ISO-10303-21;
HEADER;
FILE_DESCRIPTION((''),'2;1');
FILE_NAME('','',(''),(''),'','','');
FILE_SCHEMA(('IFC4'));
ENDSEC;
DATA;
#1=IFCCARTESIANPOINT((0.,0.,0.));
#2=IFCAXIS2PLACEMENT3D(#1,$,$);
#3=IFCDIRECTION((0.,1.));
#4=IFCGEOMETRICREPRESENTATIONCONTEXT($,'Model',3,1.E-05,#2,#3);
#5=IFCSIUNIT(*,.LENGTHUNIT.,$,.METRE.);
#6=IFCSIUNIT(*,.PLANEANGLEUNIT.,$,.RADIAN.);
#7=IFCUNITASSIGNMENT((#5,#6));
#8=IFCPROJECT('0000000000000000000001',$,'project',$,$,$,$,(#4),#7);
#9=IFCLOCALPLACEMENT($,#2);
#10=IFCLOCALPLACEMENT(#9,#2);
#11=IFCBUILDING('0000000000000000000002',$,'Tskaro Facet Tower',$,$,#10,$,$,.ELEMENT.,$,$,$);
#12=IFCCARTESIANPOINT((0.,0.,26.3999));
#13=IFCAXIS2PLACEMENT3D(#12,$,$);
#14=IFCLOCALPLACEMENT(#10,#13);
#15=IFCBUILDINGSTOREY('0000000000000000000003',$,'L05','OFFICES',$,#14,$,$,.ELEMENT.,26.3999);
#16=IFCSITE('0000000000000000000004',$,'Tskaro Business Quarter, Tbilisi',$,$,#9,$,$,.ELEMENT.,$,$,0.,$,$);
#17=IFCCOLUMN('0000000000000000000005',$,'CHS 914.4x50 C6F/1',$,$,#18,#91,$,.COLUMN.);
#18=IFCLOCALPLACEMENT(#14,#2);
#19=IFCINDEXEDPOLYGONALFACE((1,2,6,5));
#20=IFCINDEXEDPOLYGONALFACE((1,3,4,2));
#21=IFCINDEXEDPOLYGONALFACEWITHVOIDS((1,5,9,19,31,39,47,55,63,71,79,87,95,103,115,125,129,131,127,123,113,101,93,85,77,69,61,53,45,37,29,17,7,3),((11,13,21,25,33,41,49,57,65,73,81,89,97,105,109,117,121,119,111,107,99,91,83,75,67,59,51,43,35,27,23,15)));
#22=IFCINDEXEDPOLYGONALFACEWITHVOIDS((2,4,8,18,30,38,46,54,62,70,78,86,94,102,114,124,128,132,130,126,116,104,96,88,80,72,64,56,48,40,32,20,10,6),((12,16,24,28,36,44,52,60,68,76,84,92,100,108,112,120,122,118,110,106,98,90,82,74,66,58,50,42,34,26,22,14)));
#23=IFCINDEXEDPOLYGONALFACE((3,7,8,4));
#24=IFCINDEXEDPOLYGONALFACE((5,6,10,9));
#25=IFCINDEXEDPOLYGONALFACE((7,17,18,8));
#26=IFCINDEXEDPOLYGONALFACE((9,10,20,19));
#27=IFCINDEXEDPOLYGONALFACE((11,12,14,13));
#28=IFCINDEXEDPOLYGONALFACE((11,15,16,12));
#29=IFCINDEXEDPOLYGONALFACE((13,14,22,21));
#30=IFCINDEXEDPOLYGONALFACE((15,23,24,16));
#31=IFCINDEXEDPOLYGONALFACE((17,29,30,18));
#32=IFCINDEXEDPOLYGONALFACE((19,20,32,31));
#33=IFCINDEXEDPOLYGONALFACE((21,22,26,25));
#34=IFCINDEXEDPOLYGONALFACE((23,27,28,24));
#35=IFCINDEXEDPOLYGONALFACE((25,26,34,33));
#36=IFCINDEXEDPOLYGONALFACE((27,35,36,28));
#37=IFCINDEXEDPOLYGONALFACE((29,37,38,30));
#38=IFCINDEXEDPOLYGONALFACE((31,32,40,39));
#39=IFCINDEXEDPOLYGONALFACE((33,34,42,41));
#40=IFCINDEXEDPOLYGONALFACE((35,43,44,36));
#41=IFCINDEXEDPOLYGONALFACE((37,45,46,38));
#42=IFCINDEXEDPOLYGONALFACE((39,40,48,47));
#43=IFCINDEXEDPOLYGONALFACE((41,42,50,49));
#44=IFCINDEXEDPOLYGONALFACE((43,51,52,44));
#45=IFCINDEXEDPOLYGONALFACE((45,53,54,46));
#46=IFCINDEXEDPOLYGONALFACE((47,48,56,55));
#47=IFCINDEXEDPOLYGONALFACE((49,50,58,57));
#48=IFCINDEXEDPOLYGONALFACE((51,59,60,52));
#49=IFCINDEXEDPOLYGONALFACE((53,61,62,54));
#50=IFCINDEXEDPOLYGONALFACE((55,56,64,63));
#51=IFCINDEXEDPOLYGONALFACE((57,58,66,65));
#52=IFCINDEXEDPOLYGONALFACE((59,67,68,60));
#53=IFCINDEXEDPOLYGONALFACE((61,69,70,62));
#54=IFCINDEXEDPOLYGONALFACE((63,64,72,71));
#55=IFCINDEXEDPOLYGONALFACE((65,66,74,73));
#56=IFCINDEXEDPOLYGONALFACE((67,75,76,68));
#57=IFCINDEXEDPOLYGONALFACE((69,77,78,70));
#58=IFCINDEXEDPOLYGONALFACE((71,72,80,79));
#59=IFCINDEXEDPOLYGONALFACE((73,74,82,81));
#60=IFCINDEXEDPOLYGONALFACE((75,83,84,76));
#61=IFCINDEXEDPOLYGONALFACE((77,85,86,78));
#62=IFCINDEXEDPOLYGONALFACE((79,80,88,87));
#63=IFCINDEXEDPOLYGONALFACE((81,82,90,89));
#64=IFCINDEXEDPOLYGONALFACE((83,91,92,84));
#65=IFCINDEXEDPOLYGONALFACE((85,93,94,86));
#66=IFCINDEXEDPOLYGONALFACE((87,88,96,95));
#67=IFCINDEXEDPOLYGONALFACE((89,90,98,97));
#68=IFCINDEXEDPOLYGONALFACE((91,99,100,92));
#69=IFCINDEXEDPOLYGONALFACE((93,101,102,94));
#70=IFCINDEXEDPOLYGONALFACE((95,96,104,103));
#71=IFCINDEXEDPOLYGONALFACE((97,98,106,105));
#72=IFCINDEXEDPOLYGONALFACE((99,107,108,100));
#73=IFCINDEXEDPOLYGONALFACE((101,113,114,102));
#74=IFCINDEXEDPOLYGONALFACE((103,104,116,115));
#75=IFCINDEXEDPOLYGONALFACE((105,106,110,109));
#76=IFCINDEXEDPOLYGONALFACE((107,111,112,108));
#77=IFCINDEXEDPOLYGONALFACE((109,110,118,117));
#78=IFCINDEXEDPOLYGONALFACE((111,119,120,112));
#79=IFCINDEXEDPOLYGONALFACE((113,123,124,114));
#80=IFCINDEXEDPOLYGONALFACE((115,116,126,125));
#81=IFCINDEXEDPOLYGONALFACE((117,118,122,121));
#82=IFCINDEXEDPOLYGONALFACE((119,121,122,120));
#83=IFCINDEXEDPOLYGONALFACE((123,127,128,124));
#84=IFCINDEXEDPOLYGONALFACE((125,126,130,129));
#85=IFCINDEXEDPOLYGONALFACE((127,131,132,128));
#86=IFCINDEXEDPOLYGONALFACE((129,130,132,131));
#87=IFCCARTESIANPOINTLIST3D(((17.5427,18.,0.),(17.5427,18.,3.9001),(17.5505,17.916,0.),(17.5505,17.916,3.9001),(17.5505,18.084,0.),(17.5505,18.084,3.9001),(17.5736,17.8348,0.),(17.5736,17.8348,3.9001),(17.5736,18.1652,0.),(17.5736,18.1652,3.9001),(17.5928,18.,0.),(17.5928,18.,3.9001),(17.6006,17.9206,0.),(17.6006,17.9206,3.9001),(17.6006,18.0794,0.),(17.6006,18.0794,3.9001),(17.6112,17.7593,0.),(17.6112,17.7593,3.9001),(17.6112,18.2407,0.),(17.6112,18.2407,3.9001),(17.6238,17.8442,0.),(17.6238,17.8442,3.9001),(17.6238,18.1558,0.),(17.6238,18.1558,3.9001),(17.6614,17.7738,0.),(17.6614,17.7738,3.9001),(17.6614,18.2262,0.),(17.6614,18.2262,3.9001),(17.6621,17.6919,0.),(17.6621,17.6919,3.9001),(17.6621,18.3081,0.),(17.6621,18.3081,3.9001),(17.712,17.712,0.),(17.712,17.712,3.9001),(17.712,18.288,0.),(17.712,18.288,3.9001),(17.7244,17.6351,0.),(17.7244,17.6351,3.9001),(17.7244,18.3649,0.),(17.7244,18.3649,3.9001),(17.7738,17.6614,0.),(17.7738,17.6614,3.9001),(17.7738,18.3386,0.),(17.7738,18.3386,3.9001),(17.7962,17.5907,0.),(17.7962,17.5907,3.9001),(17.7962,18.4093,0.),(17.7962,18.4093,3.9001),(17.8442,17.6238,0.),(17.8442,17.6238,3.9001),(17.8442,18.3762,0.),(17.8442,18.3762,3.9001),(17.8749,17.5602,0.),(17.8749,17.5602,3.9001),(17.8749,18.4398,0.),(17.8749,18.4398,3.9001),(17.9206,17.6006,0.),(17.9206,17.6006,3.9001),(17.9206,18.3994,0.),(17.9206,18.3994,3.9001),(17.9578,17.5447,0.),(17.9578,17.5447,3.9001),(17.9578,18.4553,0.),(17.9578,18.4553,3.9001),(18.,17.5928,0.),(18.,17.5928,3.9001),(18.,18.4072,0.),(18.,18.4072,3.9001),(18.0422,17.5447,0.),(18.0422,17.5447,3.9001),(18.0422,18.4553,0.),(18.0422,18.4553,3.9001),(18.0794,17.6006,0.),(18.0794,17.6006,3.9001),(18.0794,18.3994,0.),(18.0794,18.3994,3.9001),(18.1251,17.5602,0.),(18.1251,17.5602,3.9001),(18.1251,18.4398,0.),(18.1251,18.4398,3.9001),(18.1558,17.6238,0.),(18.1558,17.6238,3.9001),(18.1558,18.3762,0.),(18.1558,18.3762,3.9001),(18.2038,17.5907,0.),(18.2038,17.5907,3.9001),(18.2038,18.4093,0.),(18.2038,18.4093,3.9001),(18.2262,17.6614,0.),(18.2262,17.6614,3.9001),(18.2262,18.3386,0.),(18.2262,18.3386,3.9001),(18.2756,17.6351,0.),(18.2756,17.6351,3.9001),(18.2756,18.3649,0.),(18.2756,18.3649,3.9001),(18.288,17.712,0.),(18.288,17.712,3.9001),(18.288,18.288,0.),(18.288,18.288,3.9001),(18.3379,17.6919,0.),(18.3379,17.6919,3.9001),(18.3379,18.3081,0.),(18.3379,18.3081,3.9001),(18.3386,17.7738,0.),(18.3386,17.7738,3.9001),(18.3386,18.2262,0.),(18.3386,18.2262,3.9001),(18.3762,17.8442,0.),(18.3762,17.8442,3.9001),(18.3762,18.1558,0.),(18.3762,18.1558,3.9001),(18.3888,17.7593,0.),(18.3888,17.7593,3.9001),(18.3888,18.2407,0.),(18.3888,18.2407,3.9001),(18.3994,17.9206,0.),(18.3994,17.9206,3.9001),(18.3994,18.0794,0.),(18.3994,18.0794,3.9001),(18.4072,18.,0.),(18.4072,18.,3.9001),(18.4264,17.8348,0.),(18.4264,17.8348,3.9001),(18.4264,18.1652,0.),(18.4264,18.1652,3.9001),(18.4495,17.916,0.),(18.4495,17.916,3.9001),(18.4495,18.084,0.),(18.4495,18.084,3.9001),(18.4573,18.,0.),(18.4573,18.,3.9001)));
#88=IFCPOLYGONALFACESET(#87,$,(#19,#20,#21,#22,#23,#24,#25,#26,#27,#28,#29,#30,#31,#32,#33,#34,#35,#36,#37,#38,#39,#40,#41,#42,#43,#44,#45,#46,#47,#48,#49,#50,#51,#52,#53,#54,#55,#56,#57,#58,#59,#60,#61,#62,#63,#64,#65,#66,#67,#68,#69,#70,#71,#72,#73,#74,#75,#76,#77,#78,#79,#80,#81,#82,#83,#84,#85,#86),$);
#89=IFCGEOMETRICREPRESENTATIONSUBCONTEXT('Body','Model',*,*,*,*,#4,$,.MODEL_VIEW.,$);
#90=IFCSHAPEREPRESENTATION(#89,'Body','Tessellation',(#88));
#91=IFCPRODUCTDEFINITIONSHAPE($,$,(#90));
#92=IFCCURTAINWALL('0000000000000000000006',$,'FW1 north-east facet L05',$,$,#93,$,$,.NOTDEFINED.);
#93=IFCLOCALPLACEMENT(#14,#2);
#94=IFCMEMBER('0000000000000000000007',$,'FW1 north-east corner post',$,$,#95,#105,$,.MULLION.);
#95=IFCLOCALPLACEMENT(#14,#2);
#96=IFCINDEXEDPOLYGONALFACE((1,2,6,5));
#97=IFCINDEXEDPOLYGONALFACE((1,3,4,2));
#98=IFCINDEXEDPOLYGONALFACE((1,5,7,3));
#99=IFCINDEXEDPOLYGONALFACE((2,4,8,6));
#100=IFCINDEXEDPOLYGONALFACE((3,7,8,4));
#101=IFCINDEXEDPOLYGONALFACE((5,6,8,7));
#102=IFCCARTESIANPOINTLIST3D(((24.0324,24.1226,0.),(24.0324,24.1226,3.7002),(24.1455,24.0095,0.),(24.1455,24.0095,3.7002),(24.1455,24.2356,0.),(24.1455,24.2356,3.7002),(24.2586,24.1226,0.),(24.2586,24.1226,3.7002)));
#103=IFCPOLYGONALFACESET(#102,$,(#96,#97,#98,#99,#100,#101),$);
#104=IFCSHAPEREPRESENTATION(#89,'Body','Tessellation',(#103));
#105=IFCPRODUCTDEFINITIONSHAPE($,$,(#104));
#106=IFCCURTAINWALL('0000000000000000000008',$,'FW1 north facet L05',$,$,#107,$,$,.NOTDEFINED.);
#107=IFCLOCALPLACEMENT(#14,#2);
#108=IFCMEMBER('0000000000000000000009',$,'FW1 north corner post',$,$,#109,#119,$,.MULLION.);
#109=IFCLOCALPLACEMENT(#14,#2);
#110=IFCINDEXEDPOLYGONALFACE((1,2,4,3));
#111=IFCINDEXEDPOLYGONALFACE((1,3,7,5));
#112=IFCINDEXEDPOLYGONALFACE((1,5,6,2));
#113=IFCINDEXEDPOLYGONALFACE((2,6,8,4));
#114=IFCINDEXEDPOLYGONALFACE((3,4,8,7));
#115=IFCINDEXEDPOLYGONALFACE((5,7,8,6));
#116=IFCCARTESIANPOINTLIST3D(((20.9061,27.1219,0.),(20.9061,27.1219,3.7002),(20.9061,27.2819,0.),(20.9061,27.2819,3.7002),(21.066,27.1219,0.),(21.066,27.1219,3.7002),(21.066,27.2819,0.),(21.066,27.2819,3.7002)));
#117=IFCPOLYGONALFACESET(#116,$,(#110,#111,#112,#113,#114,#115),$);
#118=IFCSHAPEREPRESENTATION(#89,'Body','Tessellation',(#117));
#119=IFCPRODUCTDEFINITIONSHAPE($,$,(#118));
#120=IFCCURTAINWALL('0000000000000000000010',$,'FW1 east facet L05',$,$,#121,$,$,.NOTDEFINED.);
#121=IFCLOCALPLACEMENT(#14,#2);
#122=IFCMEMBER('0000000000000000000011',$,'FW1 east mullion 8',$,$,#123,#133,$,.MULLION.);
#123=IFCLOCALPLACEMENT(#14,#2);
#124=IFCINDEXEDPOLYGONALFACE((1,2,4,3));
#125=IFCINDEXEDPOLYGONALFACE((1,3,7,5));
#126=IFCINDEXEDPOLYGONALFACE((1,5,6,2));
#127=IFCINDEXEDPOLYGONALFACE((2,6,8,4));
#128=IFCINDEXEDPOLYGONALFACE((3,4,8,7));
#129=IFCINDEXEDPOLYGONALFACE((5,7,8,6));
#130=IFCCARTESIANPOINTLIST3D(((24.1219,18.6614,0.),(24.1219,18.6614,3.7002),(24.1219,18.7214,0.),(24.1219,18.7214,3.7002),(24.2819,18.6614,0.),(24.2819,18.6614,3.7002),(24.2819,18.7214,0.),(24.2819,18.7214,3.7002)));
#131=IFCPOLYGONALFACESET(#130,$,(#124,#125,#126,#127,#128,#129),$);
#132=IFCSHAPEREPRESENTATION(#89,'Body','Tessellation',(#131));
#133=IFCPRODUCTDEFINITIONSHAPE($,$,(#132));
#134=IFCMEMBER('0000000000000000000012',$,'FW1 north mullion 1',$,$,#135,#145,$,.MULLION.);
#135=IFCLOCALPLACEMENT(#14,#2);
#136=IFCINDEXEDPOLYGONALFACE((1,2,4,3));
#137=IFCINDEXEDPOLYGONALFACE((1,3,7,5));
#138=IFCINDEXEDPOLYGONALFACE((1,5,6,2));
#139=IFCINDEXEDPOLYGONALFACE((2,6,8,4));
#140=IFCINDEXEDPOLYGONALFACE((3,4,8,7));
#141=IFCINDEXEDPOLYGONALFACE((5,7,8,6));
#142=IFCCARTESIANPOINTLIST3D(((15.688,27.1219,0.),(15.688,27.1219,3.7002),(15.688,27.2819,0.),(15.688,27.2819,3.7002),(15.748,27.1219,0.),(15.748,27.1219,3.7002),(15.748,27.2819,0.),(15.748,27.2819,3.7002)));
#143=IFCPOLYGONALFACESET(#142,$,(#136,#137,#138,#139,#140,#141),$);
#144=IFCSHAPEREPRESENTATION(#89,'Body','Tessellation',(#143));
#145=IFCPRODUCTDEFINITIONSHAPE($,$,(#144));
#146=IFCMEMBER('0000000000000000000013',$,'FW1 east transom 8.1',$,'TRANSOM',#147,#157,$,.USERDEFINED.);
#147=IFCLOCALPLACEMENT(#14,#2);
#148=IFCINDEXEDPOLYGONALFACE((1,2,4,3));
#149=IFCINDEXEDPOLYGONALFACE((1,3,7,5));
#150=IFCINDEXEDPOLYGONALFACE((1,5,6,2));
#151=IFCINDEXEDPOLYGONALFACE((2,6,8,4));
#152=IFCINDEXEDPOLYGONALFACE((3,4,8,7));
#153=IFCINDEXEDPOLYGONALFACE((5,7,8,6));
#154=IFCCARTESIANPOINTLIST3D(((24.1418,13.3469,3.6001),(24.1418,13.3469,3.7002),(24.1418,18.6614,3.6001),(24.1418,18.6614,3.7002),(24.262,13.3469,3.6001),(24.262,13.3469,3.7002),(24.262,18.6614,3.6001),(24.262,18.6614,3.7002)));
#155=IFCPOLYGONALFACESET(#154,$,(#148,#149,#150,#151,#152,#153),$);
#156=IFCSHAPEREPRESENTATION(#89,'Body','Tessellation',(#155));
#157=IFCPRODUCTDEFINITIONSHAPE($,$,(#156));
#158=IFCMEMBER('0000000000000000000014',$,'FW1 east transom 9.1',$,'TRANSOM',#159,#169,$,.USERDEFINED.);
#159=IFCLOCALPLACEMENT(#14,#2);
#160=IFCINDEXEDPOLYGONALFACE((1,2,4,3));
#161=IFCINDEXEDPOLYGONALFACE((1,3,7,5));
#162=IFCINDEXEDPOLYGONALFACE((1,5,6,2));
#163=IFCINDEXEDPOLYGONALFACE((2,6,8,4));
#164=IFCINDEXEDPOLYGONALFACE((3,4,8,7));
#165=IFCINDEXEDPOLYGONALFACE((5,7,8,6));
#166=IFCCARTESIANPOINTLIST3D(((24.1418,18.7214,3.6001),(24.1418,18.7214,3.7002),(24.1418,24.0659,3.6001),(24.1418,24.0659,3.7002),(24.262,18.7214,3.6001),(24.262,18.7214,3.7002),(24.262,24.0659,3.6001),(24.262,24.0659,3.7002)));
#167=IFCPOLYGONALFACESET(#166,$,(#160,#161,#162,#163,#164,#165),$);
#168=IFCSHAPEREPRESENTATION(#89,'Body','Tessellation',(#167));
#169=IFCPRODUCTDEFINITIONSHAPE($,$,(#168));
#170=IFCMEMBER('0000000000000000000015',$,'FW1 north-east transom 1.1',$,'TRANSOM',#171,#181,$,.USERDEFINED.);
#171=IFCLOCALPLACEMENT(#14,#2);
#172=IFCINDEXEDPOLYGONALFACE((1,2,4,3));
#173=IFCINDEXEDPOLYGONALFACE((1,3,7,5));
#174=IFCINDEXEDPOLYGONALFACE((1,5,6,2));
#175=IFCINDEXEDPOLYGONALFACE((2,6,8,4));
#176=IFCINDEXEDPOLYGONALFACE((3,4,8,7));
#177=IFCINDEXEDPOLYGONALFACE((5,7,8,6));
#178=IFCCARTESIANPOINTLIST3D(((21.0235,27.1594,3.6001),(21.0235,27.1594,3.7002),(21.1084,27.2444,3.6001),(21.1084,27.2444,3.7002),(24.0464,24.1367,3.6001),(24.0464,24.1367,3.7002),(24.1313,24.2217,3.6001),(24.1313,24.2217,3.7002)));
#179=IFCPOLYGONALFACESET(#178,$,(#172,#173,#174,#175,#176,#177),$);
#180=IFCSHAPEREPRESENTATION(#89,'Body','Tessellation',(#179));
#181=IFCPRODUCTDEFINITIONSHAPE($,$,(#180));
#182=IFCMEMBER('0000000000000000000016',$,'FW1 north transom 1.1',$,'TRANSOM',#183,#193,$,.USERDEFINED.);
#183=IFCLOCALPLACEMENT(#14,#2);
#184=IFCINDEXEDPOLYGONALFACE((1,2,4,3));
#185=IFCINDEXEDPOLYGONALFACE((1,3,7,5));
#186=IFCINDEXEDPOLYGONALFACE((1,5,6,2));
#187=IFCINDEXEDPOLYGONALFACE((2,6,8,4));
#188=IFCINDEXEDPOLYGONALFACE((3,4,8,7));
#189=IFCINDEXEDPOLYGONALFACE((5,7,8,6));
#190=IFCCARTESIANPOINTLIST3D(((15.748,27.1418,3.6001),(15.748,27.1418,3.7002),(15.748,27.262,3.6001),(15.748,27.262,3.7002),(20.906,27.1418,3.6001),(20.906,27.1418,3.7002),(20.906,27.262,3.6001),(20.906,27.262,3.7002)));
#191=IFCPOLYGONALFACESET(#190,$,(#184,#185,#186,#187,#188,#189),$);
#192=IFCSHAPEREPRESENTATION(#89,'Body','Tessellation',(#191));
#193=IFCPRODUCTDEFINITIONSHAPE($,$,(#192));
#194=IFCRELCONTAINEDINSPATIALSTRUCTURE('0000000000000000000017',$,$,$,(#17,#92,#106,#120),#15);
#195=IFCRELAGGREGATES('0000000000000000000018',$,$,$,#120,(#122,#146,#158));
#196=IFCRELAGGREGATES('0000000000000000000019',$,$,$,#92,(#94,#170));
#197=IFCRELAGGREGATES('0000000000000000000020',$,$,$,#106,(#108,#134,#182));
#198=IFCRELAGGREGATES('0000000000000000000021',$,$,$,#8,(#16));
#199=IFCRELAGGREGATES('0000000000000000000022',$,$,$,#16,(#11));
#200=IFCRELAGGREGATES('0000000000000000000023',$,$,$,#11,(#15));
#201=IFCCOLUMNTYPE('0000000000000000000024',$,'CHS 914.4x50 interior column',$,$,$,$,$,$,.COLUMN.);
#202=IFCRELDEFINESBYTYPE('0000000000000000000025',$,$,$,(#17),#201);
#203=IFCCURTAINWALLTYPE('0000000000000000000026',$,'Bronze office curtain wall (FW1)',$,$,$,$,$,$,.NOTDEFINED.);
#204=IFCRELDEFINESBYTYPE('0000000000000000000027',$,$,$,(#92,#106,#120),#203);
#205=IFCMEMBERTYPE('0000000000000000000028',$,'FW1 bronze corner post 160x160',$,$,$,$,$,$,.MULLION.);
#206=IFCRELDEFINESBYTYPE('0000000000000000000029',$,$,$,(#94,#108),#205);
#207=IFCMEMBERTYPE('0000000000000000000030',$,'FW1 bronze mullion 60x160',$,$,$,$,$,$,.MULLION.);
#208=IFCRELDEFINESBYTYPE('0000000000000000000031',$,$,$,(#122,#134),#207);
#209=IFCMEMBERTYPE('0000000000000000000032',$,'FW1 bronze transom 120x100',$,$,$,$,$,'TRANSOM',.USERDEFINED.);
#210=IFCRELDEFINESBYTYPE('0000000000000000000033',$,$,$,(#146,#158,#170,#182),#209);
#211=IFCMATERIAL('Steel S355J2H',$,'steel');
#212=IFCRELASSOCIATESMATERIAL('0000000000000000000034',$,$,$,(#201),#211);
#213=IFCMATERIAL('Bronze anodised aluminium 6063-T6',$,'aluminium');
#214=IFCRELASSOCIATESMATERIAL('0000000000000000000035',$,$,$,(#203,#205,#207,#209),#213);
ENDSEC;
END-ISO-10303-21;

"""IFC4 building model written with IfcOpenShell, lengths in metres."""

from ifc_helpers import new_model, si_unit, direction, frame, origin, origin_2d, place, context, subcontext, project, spatial, rectangle, hollow_circle, extrude, material, material_profile, profile_set, type_object, element, aggregate, save


model = new_model("IFC4")

# Units and contexts
model_context = context("Model", 3, precision=1e-05, world=origin(), true_north=direction((0.0, 1.0)))
body_context = subcontext(model_context, "Body", "Model", "MODEL_VIEW")
ifc_project = project(units=[si_unit("LENGTHUNIT", "METRE"), si_unit("PLANEANGLEUNIT", "RADIAN")], contexts=[model_context])

# Site, building, storey
site_placement = place(None, origin())
site = spatial("IfcSite", under=ifc_project, at=site_placement, Name="Tskaro Business Quarter, Tbilisi", CompositionType="ELEMENT", RefElevation=0.0)
building_placement = place(site_placement, origin())
building = spatial("IfcBuilding", under=site, at=building_placement, Name="Tskaro Facet Tower", CompositionType="ELEMENT")
storey_placement = place(building_placement, frame((0.0, 0.0, 26.3999)))
storey = spatial("IfcBuildingStorey", under=building, at=storey_placement, Name="L05", Description="OFFICES", CompositionType="ELEMENT", Elevation=26.3999)

# Column
ifc_material_1 = material(Name="Steel S355J2H", Category="steel")
ifc_material_profile_1 = material_profile(ifc_material_1, hollow_circle(Radius=0.4573, WallThickness=0.05, at=origin_2d()), Name="CHS 914.4x50")
ifc_profile_set_1 = profile_set([ifc_material_profile_1], Name="Steel S355J2H")
column_type_1 = type_object("IfcColumnType", Name="CHS 914.4x50 interior column", PredefinedType="COLUMN", material=ifc_profile_set_1)
column_placement = place(storey_placement, frame((18.0, 18.0, 0.0), z_axis=(0.0, 0.0, 1.0), x_axis=(1.0, 0.0, 0.0)))
element("IfcColumn", 1, at=column_placement, inside=storey, type_object=column_type_1, Name="CHS 914.4x50 C6F/1", PredefinedType="COLUMN", context=body_context, shape_type="SweptSolid", body=[
    extrude(hollow_circle(Radius=0.4573, WallThickness=0.05, at=origin_2d()), origin(), (0.0, 0.0, 1.0), 3.9001),
])

# Curtain walls, members
ifc_material_2 = material(Name="Bronze anodised aluminium 6063-T6", Category="aluminium")
curtain_wall_type = type_object("IfcCurtainWallType", Name="Bronze office curtain wall (FW1)", PredefinedType="NOTDEFINED", material=ifc_material_2)
curtain_wall_1_placement = place(storey_placement, origin())
curtain_wall_1 = element("IfcCurtainWall", 2, at=curtain_wall_1_placement, inside=storey, type_object=curtain_wall_type, Name="FW1 north-east facet L05", PredefinedType="NOTDEFINED")
ifc_material_profile_2 = material_profile(ifc_material_2, rectangle(XDim=0.1599, YDim=0.1599, at=origin_2d()), Name="Corner post 160x160")
ifc_profile_set_2 = profile_set([ifc_material_profile_2], Name="Bronze anodised aluminium 6063-T6")
member_type_1 = type_object("IfcMemberType", Name="FW1 bronze corner post 160x160", PredefinedType="MULLION", material=ifc_profile_set_2)
member_1_placement = place(storey_placement, frame((24.1455, 24.1226, 0.0), z_axis=(0.0, 0.0, 1.0), x_axis=(-0.707107, 0.707107, 0.0)))
member_1 = element("IfcMember", 3, at=member_1_placement, type_object=member_type_1, Name="FW1 north-east corner post", PredefinedType="MULLION", context=body_context, shape_type="SweptSolid", body=[
    extrude(rectangle(XDim=0.1599, YDim=0.1599, at=origin_2d()), origin(), (0.0, 0.0, 1.0), 3.7002),
])
curtain_wall_2_placement = place(storey_placement, origin())
curtain_wall_2 = element("IfcCurtainWall", 4, at=curtain_wall_2_placement, inside=storey, type_object=curtain_wall_type, Name="FW1 north facet L05", PredefinedType="NOTDEFINED")
member_2_placement = place(storey_placement, frame((20.9861, 27.2019, 0.0), z_axis=(0.0, 0.0, 1.0), x_axis=(-1.0, 0.0, 0.0)))
member_2 = element("IfcMember", 5, at=member_2_placement, type_object=member_type_1, Name="FW1 north corner post", PredefinedType="MULLION", context=body_context, shape_type="SweptSolid", body=[
    extrude(rectangle(XDim=0.1599, YDim=0.1599, at=origin_2d()), origin(), (0.0, 0.0, 1.0), 3.7002),
])
curtain_wall_3_placement = place(storey_placement, origin())
curtain_wall_3 = element("IfcCurtainWall", 6, at=curtain_wall_3_placement, inside=storey, type_object=curtain_wall_type, Name="FW1 east facet L05", PredefinedType="NOTDEFINED")
ifc_material_profile_3 = material_profile(ifc_material_2, rectangle(XDim=0.0601, YDim=0.1599, at=origin_2d()), Name="Mullion 60x160")
ifc_profile_set_3 = profile_set([ifc_material_profile_3], Name="Bronze anodised aluminium 6063-T6")
member_type_2 = type_object("IfcMemberType", Name="FW1 bronze mullion 60x160", PredefinedType="MULLION", material=ifc_profile_set_3)
member_3_placement = place(storey_placement, frame((24.2019, 18.6914, 0.0), z_axis=(0.0, 0.0, 1.0), x_axis=(0.0, 1.0, 0.0)))
member_3 = element("IfcMember", 7, at=member_3_placement, type_object=member_type_2, Name="FW1 east mullion 8", PredefinedType="MULLION", context=body_context, shape_type="SweptSolid", body=[
    extrude(rectangle(XDim=0.0601, YDim=0.1599, at=origin_2d()), origin(), (0.0, 0.0, 1.0), 3.7002),
])

# Members
member_4_placement = place(storey_placement, frame((15.718, 27.2019, 0.0), z_axis=(0.0, 0.0, 1.0), x_axis=(-1.0, 0.0, 0.0)))
member_4 = element("IfcMember", 8, at=member_4_placement, type_object=member_type_2, Name="FW1 north mullion 1", PredefinedType="MULLION", context=body_context, shape_type="SweptSolid", body=[
    extrude(rectangle(XDim=0.0601, YDim=0.1599, at=origin_2d()), origin(), (0.0, 0.0, 1.0), 3.7002),
])
ifc_material_profile_4 = material_profile(ifc_material_2, rectangle(XDim=0.1201, YDim=0.1001, at=origin_2d()), Name="Transom 120x100")
ifc_profile_set_4 = profile_set([ifc_material_profile_4], Name="Bronze anodised aluminium 6063-T6")
member_type_3 = type_object("IfcMemberType", Name="FW1 bronze transom 120x100", ElementType="TRANSOM", PredefinedType="USERDEFINED", material=ifc_profile_set_4)
member_5_placement = place(storey_placement, frame((24.2019, 13.3469, 3.6501), z_axis=(0.0, 1.0, 0.0), x_axis=(-1.0, 0.0, 0.0)))
member_5 = element("IfcMember", 9, at=member_5_placement, type_object=member_type_3, Name="FW1 east transom 8.1", ObjectType="TRANSOM", PredefinedType="USERDEFINED", context=body_context, shape_type="SweptSolid", body=[
    extrude(rectangle(XDim=0.1201, YDim=0.1001, at=origin_2d()), origin(), (0.0, 0.0, 1.0), 5.3145),
])
member_6_placement = place(storey_placement, frame((24.2019, 18.7214, 3.6501), z_axis=(0.0, 1.0, 0.0), x_axis=(-1.0, 0.0, 0.0)))
member_6 = element("IfcMember", 10, at=member_6_placement, type_object=member_type_3, Name="FW1 east transom 9.1", ObjectType="TRANSOM", PredefinedType="USERDEFINED", context=body_context, shape_type="SweptSolid", body=[
    extrude(rectangle(XDim=0.1201, YDim=0.1001, at=origin_2d()), origin(), (0.0, 0.0, 1.0), 5.3445),
])
member_7_placement = place(storey_placement, frame((24.0889, 24.1792, 3.6501), z_axis=(-0.707135, 0.707078, 0.0), x_axis=(-0.707078, -0.707135, 0.0)))
member_7 = element("IfcMember", 11, at=member_7_placement, type_object=member_type_3, Name="FW1 north-east transom 1.1", ObjectType="TRANSOM", PredefinedType="USERDEFINED", context=body_context, shape_type="SweptSolid", body=[
    extrude(rectangle(XDim=0.1201, YDim=0.1001, at=origin_2d()), origin(), (0.0, 0.0, 1.0), 4.2749),
])
member_8_placement = place(storey_placement, frame((20.906, 27.2019, 3.6501), z_axis=(-1.0, 0.0, 0.0), x_axis=(0.0, -1.0, 0.0)))
member_8 = element("IfcMember", 12, at=member_8_placement, type_object=member_type_3, Name="FW1 north transom 1.1", ObjectType="TRANSOM", PredefinedType="USERDEFINED", context=body_context, shape_type="SweptSolid", body=[
    extrude(rectangle(XDim=0.1201, YDim=0.1001, at=origin_2d()), origin(), (0.0, 0.0, 1.0), 5.158),
])

aggregate(curtain_wall_3, [member_3, member_5, member_6])
aggregate(curtain_wall_1, [member_1, member_7])
aggregate(curtain_wall_2, [member_2, member_4, member_8])

save(model, "model.ifc")
